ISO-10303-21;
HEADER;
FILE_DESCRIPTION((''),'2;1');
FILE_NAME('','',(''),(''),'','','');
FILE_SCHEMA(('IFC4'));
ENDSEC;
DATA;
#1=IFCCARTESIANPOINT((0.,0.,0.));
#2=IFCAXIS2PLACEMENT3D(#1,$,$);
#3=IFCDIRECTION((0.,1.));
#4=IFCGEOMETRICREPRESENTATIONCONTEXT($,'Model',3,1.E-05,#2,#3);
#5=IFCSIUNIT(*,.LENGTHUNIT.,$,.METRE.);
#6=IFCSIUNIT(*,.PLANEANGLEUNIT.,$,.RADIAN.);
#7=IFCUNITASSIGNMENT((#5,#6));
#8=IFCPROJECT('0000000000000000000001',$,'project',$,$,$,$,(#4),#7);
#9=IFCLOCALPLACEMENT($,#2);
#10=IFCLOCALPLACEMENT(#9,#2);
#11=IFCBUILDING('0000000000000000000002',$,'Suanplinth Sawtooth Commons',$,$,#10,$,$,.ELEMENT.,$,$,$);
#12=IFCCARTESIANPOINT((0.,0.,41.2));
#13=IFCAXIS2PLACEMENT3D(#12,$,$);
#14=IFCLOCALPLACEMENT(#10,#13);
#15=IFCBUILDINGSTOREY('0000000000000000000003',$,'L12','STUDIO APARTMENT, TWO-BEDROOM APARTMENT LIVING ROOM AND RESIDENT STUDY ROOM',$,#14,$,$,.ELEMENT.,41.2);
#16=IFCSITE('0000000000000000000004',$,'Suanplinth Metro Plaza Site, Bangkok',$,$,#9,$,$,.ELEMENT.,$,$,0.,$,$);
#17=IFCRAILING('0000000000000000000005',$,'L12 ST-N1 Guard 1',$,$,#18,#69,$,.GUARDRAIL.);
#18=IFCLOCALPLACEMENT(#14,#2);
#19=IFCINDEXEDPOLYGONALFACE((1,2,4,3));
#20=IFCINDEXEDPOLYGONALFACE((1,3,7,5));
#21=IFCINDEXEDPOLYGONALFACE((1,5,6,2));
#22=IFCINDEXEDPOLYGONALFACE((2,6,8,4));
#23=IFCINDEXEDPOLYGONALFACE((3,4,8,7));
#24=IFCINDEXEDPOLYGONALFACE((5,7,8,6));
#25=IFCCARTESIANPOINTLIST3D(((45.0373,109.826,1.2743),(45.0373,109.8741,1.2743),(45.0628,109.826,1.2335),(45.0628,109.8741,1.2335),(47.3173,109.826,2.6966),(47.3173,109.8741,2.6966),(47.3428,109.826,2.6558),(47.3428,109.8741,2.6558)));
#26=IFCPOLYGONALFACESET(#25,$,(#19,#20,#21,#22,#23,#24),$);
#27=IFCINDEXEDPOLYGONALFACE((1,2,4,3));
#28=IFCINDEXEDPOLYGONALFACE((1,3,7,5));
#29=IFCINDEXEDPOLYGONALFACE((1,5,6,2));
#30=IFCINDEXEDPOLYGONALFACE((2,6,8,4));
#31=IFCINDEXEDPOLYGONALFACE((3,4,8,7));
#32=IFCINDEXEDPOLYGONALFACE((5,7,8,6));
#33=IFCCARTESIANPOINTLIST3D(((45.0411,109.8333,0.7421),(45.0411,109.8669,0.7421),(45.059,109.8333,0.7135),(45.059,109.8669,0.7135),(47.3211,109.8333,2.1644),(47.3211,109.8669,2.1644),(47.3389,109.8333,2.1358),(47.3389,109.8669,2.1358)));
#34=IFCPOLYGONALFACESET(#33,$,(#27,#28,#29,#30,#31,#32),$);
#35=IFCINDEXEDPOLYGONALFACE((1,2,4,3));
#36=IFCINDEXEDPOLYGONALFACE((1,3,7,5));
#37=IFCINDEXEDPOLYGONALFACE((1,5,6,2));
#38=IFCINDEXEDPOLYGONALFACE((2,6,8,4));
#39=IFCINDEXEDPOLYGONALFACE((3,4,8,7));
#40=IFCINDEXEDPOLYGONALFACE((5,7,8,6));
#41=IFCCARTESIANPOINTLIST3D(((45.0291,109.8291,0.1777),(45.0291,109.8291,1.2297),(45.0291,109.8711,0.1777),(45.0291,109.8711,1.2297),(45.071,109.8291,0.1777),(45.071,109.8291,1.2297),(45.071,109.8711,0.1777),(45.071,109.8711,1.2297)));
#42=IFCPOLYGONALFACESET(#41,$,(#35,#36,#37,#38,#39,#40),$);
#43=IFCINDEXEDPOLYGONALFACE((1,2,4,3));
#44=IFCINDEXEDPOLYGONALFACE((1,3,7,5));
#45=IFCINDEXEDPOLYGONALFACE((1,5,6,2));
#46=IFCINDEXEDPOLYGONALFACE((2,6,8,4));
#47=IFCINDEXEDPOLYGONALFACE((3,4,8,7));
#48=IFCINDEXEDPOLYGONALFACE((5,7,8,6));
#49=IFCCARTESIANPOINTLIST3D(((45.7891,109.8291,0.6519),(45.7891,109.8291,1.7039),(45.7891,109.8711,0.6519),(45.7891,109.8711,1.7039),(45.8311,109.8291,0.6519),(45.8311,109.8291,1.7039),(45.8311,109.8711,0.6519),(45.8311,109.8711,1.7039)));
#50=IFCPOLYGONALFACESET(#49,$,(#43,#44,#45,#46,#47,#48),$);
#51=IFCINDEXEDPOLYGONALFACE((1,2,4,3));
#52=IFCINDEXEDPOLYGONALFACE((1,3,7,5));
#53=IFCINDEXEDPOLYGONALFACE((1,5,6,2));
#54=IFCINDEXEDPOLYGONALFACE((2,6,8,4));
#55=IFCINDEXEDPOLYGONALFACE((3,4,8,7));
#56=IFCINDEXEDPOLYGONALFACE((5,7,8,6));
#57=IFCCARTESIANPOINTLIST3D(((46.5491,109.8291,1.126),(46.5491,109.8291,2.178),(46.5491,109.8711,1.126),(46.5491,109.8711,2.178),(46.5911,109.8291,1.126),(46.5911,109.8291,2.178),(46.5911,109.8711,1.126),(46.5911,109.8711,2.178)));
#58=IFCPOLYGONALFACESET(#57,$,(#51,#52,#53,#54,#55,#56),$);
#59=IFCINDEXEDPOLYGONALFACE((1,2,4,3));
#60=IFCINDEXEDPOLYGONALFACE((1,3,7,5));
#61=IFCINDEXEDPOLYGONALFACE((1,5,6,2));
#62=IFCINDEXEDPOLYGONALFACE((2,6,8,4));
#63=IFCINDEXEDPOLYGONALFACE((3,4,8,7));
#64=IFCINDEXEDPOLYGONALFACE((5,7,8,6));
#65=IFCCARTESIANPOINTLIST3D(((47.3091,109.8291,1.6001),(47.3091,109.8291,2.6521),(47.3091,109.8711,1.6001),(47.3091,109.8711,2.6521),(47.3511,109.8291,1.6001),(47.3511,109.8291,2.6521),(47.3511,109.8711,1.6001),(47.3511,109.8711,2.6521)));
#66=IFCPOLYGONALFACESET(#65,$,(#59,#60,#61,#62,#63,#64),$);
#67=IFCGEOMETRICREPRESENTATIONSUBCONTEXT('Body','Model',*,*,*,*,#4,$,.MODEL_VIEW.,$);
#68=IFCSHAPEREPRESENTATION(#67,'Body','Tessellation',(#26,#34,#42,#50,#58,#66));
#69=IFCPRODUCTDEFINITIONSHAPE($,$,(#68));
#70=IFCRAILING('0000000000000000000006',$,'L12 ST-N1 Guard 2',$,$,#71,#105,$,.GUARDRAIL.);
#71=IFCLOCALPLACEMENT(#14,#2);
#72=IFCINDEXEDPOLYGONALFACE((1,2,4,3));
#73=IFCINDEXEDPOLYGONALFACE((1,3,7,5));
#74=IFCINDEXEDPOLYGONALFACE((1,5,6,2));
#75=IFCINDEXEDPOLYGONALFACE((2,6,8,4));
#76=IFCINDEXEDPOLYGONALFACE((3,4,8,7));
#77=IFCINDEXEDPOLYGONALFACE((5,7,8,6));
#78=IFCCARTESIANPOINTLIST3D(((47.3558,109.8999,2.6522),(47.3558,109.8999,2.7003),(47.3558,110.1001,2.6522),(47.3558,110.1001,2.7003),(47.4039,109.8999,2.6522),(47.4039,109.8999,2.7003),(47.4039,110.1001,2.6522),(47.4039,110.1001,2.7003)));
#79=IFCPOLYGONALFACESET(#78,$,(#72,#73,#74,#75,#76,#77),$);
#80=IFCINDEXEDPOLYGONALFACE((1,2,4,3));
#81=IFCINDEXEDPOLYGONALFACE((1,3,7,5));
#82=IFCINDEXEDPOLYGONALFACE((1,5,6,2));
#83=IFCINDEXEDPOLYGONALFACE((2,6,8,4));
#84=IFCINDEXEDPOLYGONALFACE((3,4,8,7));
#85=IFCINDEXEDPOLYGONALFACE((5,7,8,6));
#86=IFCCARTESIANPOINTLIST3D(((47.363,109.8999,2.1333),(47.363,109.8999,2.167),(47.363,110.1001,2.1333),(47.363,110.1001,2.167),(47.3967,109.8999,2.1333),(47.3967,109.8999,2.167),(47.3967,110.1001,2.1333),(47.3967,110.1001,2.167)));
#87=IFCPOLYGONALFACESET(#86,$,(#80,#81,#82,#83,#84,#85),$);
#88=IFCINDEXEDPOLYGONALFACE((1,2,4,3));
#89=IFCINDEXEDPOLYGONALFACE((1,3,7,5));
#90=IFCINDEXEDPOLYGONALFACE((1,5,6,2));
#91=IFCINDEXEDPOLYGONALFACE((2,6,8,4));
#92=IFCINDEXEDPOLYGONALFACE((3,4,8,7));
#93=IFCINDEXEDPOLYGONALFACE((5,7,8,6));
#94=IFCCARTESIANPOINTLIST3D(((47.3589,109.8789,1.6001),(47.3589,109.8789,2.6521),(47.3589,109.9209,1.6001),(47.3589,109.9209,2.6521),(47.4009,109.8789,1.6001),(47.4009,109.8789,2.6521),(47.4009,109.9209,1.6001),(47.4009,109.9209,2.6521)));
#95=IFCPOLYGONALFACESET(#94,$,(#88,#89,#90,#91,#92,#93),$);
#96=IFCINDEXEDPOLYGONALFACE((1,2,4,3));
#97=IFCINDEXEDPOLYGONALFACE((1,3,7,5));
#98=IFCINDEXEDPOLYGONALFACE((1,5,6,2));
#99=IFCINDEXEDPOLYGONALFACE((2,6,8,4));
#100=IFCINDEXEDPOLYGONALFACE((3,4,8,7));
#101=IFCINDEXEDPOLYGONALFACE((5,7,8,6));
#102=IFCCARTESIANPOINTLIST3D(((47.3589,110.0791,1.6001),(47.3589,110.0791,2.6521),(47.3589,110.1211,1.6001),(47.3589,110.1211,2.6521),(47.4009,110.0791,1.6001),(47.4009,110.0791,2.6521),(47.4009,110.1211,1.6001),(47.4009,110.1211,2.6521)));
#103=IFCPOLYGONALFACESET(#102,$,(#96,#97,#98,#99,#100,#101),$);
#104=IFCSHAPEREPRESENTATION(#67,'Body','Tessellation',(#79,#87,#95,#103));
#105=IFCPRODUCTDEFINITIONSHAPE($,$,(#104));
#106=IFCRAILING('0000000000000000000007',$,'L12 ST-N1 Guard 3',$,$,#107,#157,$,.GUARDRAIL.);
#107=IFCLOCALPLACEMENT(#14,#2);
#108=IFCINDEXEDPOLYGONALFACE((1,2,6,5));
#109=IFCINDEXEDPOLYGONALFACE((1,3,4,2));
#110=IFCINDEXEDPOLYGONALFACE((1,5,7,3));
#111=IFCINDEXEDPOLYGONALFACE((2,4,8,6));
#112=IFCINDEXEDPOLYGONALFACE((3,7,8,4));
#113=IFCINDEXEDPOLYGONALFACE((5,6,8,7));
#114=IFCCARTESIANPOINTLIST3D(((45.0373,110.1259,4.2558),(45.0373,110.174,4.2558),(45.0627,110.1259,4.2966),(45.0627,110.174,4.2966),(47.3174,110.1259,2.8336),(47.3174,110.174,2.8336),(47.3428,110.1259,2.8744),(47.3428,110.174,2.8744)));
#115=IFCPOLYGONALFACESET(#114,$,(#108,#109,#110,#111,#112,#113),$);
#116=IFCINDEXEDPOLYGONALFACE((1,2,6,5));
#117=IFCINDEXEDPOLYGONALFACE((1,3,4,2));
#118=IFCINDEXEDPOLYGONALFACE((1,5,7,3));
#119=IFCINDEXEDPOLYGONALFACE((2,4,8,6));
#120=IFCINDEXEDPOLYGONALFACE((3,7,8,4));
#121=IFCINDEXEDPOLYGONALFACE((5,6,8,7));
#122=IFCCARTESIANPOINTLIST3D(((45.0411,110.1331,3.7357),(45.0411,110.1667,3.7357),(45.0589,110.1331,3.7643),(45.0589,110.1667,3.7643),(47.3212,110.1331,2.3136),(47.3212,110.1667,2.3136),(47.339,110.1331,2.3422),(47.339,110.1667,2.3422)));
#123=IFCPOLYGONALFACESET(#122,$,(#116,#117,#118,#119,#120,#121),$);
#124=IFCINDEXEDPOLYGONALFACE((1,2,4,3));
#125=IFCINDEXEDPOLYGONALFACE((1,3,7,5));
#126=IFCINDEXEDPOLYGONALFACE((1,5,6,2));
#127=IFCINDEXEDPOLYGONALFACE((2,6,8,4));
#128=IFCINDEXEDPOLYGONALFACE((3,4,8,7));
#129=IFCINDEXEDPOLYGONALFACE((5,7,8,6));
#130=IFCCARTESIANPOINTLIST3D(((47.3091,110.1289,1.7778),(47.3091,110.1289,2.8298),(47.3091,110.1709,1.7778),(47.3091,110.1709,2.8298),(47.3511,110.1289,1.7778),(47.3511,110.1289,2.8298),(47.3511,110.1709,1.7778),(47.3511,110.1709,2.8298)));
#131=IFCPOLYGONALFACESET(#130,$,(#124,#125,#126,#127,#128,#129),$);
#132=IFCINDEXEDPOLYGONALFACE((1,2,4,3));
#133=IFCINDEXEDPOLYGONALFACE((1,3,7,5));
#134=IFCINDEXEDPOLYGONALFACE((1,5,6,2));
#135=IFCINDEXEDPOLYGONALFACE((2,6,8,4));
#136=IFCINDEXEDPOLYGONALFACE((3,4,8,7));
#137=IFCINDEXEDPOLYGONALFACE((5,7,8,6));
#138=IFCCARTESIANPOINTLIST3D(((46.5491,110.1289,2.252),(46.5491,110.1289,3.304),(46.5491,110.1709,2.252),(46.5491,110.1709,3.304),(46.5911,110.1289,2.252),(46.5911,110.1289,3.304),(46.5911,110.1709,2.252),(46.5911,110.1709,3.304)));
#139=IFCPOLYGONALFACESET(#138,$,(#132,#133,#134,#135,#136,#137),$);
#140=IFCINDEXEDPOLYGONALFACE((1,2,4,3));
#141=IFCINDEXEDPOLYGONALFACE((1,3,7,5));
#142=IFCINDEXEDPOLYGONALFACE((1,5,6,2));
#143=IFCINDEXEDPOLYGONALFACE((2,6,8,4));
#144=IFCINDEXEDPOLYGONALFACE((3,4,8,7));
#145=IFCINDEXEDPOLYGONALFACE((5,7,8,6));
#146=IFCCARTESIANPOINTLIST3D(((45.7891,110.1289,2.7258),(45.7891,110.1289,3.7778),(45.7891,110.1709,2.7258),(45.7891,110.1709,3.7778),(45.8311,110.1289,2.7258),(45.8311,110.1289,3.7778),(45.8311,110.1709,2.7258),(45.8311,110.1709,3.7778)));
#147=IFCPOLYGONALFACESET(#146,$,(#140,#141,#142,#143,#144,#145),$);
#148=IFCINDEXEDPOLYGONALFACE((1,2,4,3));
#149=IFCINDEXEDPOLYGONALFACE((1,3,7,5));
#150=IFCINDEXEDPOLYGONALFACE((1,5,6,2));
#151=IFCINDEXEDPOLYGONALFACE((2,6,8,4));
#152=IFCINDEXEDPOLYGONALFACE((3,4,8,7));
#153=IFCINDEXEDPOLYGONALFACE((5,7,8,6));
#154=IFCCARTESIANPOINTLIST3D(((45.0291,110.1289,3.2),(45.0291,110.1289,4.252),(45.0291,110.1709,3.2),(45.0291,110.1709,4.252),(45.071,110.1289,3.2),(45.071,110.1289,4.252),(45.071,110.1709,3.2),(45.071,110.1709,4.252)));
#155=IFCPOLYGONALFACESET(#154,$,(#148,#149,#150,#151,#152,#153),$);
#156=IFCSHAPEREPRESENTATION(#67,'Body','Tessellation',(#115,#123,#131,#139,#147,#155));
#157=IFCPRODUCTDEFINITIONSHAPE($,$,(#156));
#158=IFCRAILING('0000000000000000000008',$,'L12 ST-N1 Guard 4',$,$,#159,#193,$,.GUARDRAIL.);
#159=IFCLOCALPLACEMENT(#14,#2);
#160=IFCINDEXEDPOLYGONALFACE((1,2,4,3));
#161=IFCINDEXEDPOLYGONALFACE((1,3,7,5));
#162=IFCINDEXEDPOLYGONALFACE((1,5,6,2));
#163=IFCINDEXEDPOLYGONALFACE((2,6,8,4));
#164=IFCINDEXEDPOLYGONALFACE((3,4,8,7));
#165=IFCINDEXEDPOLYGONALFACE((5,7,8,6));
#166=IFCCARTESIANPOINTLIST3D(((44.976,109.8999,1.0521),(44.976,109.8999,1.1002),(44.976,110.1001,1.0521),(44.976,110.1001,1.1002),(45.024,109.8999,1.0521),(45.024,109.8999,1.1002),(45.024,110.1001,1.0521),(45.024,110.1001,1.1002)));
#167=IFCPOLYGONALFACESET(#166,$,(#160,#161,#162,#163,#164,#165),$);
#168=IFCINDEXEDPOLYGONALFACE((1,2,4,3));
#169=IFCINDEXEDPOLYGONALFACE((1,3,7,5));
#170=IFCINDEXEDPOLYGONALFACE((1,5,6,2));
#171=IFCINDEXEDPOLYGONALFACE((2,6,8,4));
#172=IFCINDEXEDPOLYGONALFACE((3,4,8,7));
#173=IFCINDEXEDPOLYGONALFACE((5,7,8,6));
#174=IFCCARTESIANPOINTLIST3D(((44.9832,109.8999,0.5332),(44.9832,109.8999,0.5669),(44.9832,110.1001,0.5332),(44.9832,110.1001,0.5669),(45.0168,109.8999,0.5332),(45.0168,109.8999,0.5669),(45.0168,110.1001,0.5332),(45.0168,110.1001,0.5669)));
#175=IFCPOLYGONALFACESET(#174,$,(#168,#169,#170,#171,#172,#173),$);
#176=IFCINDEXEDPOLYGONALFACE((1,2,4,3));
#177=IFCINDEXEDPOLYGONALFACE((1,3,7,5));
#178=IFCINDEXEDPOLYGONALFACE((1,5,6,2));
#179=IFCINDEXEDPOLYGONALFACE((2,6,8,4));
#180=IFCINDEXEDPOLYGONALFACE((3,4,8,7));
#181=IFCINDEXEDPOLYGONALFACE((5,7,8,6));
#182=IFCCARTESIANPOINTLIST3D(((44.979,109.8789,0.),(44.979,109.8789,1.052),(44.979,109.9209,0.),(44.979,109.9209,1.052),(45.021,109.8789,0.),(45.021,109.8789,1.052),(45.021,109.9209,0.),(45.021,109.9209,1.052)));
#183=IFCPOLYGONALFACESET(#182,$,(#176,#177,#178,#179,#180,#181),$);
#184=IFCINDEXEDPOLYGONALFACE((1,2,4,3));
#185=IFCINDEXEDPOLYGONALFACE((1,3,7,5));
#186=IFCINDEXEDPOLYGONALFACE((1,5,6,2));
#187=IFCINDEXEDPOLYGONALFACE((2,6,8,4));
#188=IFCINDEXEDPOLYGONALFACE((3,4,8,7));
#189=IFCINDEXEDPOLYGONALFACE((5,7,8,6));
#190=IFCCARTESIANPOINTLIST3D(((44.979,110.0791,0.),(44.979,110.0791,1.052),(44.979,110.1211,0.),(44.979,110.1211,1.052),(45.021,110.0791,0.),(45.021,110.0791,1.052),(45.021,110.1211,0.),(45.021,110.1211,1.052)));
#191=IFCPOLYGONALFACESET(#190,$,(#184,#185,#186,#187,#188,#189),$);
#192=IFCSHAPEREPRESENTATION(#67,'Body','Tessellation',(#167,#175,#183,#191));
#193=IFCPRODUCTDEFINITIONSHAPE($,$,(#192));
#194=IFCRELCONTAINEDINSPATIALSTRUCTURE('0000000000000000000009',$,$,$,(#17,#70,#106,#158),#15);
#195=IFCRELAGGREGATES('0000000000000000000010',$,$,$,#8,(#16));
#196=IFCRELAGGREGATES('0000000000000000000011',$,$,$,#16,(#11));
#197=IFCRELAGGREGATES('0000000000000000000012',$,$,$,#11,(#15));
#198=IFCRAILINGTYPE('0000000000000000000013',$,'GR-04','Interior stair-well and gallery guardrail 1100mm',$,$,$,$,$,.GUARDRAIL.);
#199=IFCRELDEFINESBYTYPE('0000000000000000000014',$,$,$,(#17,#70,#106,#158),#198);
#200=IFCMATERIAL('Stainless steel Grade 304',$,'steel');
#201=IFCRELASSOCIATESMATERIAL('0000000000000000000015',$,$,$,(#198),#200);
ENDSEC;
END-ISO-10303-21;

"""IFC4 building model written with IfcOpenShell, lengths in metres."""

from ifc_helpers import new_model, si_unit, direction, frame, origin, origin_2d, place, context, subcontext, project, spatial, rectangle, extrude, material, type_object, element, save


model = new_model("IFC4")

# Units and contexts
model_context = context("Model", 3, precision=1e-05, world=origin(), true_north=direction((0.0, 1.0)))
body_context = subcontext(model_context, "Body", "Model", "MODEL_VIEW")
ifc_project = project(units=[si_unit("LENGTHUNIT", "METRE"), si_unit("PLANEANGLEUNIT", "RADIAN")], contexts=[model_context])

# Site, building, storey
site_placement = place(None, origin())
site = spatial("IfcSite", under=ifc_project, at=site_placement, Name="Suanplinth Metro Plaza Site, Bangkok", CompositionType="ELEMENT", RefElevation=0.0)
building_placement = place(site_placement, origin())
building = spatial("IfcBuilding", under=site, at=building_placement, Name="Suanplinth Sawtooth Commons", CompositionType="ELEMENT")
storey_placement = place(building_placement, frame((0.0, 0.0, 41.2)))
storey = spatial("IfcBuildingStorey", under=building, at=storey_placement, Name="L12", Description="STUDIO APARTMENT, TWO-BEDROOM APARTMENT LIVING ROOM AND RESIDENT STUDY ROOM", CompositionType="ELEMENT", Elevation=41.2)

# Shared definitions
ifc_material_1 = material(Name="Stainless steel Grade 304", Category="steel")

# Railings
railing_type_1 = type_object("IfcRailingType", Name="GR-04", Description="Interior stair-well and gallery guardrail 1100mm", PredefinedType="GUARDRAIL", material=ifc_material_1)
railing_1_placement = place(storey_placement, frame((45.05, 109.8501, 0.1777)))
element("IfcRailing", 1, at=railing_1_placement, inside=storey, type_object=railing_type_1, Name="L12 ST-N1 Guard 1", PredefinedType="GUARDRAIL", context=body_context, shape_type="SweptSolid", body=[
    extrude(rectangle(XDim=0.0481, YDim=0.0481, at=origin_2d()), frame((0.0, 0.0, 1.0762), z_axis=(0.848442, 0.0, 0.529288), x_axis=(0.0, 1.0, 0.0)), (0.0, 0.0, 1.0), 2.6873),
    extrude(rectangle(XDim=0.0337, YDim=0.0337, at=origin_2d()), frame((0.0, 0.0, 0.55), z_axis=(0.848442, 0.0, 0.529288), x_axis=(0.0, 1.0, 0.0)), (0.0, 0.0, 1.0), 2.6873),
    extrude(rectangle(XDim=0.042, YDim=0.042, at=origin_2d()), origin(), (0.0, 0.0, 1.0), 1.052),
    extrude(rectangle(XDim=0.042, YDim=0.042, at=origin_2d()), frame((0.76, 0.0, 0.4741)), (0.0, 0.0, 1.0), 1.052),
    extrude(rectangle(XDim=0.042, YDim=0.042, at=origin_2d()), frame((1.52, 0.0, 0.9482)), (0.0, 0.0, 1.0), 1.052),
    extrude(rectangle(XDim=0.042, YDim=0.042, at=origin_2d()), frame((2.28, 0.0, 1.4224)), (0.0, 0.0, 1.0), 1.052),
])
railing_2_placement = place(storey_placement, frame((47.3799, 109.8999, 1.6001)))
element("IfcRailing", 2, at=railing_2_placement, inside=storey, type_object=railing_type_1, Name="L12 ST-N1 Guard 2", PredefinedType="GUARDRAIL", context=body_context, shape_type="SweptSolid", body=[
    extrude(rectangle(XDim=0.0481, YDim=0.0481, at=origin_2d()), frame((0.0, 0.0, 1.0762), z_axis=(0.0, 1.0, 0.0), x_axis=(-1.0, 0.0, 0.0)), (0.0, 0.0, 1.0), 0.2002),
    extrude(rectangle(XDim=0.0337, YDim=0.0337, at=origin_2d()), frame((0.0, 0.0, 0.55), z_axis=(0.0, 1.0, 0.0), x_axis=(-1.0, 0.0, 0.0)), (0.0, 0.0, 1.0), 0.2002),
    extrude(rectangle(XDim=0.042, YDim=0.042, at=origin_2d()), origin(), (0.0, 0.0, 1.0), 1.052),
    extrude(rectangle(XDim=0.042, YDim=0.042, at=origin_2d()), frame((0.0, 0.2002, 0.0)), (0.0, 0.0, 1.0), 1.052),
])
railing_3_placement = place(storey_placement, frame((47.3301, 110.1499, 1.7778)))
element("IfcRailing", 3, at=railing_3_placement, inside=storey, type_object=railing_type_1, Name="L12 ST-N1 Guard 3", PredefinedType="GUARDRAIL", context=body_context, shape_type="SweptSolid", body=[
    extrude(rectangle(XDim=0.0481, YDim=0.0481, at=origin_2d()), frame((0.0, 0.0, 1.0762), z_axis=(-0.848483, 0.0, 0.529223), x_axis=(0.0, -1.0, 0.0)), (0.0, 0.0, 1.0), 2.6873),
    extrude(rectangle(XDim=0.0337, YDim=0.0337, at=origin_2d()), frame((0.0, 0.0, 0.55), z_axis=(-0.848483, 0.0, 0.529223), x_axis=(0.0, -1.0, 0.0)), (0.0, 0.0, 1.0), 2.6873),
    extrude(rectangle(XDim=0.042, YDim=0.042, at=origin_2d()), origin(), (0.0, 0.0, 1.0), 1.052),
    extrude(rectangle(XDim=0.042, YDim=0.042, at=origin_2d()), frame((-0.76, 0.0, 0.4741)), (0.0, 0.0, 1.0), 1.052),
    extrude(rectangle(XDim=0.042, YDim=0.042, at=origin_2d()), frame((-1.52, 0.0, 0.948)), (0.0, 0.0, 1.0), 1.052),
    extrude(rectangle(XDim=0.042, YDim=0.042, at=origin_2d()), frame((-2.28, 0.0, 1.4221)), (0.0, 0.0, 1.0), 1.052),
])
railing_4_placement = place(storey_placement, frame((45.0, 109.8999, 0.0)))
element("IfcRailing", 4, at=railing_4_placement, inside=storey, type_object=railing_type_1, Name="L12 ST-N1 Guard 4", PredefinedType="GUARDRAIL", context=body_context, shape_type="SweptSolid", body=[
    extrude(rectangle(XDim=0.0481, YDim=0.0481, at=origin_2d()), frame((0.0, 0.0, 1.0762), z_axis=(0.0, 1.0, 0.0), x_axis=(-1.0, 0.0, 0.0)), (0.0, 0.0, 1.0), 0.2002),
    extrude(rectangle(XDim=0.0337, YDim=0.0337, at=origin_2d()), frame((0.0, 0.0, 0.55), z_axis=(0.0, 1.0, 0.0), x_axis=(-1.0, 0.0, 0.0)), (0.0, 0.0, 1.0), 0.2002),
    extrude(rectangle(XDim=0.042, YDim=0.042, at=origin_2d()), origin(), (0.0, 0.0, 1.0), 1.052),
    extrude(rectangle(XDim=0.042, YDim=0.042, at=origin_2d()), frame((0.0, 0.2002, 0.0)), (0.0, 0.0, 1.0), 1.052),
])

save(model, "model.ifc")
